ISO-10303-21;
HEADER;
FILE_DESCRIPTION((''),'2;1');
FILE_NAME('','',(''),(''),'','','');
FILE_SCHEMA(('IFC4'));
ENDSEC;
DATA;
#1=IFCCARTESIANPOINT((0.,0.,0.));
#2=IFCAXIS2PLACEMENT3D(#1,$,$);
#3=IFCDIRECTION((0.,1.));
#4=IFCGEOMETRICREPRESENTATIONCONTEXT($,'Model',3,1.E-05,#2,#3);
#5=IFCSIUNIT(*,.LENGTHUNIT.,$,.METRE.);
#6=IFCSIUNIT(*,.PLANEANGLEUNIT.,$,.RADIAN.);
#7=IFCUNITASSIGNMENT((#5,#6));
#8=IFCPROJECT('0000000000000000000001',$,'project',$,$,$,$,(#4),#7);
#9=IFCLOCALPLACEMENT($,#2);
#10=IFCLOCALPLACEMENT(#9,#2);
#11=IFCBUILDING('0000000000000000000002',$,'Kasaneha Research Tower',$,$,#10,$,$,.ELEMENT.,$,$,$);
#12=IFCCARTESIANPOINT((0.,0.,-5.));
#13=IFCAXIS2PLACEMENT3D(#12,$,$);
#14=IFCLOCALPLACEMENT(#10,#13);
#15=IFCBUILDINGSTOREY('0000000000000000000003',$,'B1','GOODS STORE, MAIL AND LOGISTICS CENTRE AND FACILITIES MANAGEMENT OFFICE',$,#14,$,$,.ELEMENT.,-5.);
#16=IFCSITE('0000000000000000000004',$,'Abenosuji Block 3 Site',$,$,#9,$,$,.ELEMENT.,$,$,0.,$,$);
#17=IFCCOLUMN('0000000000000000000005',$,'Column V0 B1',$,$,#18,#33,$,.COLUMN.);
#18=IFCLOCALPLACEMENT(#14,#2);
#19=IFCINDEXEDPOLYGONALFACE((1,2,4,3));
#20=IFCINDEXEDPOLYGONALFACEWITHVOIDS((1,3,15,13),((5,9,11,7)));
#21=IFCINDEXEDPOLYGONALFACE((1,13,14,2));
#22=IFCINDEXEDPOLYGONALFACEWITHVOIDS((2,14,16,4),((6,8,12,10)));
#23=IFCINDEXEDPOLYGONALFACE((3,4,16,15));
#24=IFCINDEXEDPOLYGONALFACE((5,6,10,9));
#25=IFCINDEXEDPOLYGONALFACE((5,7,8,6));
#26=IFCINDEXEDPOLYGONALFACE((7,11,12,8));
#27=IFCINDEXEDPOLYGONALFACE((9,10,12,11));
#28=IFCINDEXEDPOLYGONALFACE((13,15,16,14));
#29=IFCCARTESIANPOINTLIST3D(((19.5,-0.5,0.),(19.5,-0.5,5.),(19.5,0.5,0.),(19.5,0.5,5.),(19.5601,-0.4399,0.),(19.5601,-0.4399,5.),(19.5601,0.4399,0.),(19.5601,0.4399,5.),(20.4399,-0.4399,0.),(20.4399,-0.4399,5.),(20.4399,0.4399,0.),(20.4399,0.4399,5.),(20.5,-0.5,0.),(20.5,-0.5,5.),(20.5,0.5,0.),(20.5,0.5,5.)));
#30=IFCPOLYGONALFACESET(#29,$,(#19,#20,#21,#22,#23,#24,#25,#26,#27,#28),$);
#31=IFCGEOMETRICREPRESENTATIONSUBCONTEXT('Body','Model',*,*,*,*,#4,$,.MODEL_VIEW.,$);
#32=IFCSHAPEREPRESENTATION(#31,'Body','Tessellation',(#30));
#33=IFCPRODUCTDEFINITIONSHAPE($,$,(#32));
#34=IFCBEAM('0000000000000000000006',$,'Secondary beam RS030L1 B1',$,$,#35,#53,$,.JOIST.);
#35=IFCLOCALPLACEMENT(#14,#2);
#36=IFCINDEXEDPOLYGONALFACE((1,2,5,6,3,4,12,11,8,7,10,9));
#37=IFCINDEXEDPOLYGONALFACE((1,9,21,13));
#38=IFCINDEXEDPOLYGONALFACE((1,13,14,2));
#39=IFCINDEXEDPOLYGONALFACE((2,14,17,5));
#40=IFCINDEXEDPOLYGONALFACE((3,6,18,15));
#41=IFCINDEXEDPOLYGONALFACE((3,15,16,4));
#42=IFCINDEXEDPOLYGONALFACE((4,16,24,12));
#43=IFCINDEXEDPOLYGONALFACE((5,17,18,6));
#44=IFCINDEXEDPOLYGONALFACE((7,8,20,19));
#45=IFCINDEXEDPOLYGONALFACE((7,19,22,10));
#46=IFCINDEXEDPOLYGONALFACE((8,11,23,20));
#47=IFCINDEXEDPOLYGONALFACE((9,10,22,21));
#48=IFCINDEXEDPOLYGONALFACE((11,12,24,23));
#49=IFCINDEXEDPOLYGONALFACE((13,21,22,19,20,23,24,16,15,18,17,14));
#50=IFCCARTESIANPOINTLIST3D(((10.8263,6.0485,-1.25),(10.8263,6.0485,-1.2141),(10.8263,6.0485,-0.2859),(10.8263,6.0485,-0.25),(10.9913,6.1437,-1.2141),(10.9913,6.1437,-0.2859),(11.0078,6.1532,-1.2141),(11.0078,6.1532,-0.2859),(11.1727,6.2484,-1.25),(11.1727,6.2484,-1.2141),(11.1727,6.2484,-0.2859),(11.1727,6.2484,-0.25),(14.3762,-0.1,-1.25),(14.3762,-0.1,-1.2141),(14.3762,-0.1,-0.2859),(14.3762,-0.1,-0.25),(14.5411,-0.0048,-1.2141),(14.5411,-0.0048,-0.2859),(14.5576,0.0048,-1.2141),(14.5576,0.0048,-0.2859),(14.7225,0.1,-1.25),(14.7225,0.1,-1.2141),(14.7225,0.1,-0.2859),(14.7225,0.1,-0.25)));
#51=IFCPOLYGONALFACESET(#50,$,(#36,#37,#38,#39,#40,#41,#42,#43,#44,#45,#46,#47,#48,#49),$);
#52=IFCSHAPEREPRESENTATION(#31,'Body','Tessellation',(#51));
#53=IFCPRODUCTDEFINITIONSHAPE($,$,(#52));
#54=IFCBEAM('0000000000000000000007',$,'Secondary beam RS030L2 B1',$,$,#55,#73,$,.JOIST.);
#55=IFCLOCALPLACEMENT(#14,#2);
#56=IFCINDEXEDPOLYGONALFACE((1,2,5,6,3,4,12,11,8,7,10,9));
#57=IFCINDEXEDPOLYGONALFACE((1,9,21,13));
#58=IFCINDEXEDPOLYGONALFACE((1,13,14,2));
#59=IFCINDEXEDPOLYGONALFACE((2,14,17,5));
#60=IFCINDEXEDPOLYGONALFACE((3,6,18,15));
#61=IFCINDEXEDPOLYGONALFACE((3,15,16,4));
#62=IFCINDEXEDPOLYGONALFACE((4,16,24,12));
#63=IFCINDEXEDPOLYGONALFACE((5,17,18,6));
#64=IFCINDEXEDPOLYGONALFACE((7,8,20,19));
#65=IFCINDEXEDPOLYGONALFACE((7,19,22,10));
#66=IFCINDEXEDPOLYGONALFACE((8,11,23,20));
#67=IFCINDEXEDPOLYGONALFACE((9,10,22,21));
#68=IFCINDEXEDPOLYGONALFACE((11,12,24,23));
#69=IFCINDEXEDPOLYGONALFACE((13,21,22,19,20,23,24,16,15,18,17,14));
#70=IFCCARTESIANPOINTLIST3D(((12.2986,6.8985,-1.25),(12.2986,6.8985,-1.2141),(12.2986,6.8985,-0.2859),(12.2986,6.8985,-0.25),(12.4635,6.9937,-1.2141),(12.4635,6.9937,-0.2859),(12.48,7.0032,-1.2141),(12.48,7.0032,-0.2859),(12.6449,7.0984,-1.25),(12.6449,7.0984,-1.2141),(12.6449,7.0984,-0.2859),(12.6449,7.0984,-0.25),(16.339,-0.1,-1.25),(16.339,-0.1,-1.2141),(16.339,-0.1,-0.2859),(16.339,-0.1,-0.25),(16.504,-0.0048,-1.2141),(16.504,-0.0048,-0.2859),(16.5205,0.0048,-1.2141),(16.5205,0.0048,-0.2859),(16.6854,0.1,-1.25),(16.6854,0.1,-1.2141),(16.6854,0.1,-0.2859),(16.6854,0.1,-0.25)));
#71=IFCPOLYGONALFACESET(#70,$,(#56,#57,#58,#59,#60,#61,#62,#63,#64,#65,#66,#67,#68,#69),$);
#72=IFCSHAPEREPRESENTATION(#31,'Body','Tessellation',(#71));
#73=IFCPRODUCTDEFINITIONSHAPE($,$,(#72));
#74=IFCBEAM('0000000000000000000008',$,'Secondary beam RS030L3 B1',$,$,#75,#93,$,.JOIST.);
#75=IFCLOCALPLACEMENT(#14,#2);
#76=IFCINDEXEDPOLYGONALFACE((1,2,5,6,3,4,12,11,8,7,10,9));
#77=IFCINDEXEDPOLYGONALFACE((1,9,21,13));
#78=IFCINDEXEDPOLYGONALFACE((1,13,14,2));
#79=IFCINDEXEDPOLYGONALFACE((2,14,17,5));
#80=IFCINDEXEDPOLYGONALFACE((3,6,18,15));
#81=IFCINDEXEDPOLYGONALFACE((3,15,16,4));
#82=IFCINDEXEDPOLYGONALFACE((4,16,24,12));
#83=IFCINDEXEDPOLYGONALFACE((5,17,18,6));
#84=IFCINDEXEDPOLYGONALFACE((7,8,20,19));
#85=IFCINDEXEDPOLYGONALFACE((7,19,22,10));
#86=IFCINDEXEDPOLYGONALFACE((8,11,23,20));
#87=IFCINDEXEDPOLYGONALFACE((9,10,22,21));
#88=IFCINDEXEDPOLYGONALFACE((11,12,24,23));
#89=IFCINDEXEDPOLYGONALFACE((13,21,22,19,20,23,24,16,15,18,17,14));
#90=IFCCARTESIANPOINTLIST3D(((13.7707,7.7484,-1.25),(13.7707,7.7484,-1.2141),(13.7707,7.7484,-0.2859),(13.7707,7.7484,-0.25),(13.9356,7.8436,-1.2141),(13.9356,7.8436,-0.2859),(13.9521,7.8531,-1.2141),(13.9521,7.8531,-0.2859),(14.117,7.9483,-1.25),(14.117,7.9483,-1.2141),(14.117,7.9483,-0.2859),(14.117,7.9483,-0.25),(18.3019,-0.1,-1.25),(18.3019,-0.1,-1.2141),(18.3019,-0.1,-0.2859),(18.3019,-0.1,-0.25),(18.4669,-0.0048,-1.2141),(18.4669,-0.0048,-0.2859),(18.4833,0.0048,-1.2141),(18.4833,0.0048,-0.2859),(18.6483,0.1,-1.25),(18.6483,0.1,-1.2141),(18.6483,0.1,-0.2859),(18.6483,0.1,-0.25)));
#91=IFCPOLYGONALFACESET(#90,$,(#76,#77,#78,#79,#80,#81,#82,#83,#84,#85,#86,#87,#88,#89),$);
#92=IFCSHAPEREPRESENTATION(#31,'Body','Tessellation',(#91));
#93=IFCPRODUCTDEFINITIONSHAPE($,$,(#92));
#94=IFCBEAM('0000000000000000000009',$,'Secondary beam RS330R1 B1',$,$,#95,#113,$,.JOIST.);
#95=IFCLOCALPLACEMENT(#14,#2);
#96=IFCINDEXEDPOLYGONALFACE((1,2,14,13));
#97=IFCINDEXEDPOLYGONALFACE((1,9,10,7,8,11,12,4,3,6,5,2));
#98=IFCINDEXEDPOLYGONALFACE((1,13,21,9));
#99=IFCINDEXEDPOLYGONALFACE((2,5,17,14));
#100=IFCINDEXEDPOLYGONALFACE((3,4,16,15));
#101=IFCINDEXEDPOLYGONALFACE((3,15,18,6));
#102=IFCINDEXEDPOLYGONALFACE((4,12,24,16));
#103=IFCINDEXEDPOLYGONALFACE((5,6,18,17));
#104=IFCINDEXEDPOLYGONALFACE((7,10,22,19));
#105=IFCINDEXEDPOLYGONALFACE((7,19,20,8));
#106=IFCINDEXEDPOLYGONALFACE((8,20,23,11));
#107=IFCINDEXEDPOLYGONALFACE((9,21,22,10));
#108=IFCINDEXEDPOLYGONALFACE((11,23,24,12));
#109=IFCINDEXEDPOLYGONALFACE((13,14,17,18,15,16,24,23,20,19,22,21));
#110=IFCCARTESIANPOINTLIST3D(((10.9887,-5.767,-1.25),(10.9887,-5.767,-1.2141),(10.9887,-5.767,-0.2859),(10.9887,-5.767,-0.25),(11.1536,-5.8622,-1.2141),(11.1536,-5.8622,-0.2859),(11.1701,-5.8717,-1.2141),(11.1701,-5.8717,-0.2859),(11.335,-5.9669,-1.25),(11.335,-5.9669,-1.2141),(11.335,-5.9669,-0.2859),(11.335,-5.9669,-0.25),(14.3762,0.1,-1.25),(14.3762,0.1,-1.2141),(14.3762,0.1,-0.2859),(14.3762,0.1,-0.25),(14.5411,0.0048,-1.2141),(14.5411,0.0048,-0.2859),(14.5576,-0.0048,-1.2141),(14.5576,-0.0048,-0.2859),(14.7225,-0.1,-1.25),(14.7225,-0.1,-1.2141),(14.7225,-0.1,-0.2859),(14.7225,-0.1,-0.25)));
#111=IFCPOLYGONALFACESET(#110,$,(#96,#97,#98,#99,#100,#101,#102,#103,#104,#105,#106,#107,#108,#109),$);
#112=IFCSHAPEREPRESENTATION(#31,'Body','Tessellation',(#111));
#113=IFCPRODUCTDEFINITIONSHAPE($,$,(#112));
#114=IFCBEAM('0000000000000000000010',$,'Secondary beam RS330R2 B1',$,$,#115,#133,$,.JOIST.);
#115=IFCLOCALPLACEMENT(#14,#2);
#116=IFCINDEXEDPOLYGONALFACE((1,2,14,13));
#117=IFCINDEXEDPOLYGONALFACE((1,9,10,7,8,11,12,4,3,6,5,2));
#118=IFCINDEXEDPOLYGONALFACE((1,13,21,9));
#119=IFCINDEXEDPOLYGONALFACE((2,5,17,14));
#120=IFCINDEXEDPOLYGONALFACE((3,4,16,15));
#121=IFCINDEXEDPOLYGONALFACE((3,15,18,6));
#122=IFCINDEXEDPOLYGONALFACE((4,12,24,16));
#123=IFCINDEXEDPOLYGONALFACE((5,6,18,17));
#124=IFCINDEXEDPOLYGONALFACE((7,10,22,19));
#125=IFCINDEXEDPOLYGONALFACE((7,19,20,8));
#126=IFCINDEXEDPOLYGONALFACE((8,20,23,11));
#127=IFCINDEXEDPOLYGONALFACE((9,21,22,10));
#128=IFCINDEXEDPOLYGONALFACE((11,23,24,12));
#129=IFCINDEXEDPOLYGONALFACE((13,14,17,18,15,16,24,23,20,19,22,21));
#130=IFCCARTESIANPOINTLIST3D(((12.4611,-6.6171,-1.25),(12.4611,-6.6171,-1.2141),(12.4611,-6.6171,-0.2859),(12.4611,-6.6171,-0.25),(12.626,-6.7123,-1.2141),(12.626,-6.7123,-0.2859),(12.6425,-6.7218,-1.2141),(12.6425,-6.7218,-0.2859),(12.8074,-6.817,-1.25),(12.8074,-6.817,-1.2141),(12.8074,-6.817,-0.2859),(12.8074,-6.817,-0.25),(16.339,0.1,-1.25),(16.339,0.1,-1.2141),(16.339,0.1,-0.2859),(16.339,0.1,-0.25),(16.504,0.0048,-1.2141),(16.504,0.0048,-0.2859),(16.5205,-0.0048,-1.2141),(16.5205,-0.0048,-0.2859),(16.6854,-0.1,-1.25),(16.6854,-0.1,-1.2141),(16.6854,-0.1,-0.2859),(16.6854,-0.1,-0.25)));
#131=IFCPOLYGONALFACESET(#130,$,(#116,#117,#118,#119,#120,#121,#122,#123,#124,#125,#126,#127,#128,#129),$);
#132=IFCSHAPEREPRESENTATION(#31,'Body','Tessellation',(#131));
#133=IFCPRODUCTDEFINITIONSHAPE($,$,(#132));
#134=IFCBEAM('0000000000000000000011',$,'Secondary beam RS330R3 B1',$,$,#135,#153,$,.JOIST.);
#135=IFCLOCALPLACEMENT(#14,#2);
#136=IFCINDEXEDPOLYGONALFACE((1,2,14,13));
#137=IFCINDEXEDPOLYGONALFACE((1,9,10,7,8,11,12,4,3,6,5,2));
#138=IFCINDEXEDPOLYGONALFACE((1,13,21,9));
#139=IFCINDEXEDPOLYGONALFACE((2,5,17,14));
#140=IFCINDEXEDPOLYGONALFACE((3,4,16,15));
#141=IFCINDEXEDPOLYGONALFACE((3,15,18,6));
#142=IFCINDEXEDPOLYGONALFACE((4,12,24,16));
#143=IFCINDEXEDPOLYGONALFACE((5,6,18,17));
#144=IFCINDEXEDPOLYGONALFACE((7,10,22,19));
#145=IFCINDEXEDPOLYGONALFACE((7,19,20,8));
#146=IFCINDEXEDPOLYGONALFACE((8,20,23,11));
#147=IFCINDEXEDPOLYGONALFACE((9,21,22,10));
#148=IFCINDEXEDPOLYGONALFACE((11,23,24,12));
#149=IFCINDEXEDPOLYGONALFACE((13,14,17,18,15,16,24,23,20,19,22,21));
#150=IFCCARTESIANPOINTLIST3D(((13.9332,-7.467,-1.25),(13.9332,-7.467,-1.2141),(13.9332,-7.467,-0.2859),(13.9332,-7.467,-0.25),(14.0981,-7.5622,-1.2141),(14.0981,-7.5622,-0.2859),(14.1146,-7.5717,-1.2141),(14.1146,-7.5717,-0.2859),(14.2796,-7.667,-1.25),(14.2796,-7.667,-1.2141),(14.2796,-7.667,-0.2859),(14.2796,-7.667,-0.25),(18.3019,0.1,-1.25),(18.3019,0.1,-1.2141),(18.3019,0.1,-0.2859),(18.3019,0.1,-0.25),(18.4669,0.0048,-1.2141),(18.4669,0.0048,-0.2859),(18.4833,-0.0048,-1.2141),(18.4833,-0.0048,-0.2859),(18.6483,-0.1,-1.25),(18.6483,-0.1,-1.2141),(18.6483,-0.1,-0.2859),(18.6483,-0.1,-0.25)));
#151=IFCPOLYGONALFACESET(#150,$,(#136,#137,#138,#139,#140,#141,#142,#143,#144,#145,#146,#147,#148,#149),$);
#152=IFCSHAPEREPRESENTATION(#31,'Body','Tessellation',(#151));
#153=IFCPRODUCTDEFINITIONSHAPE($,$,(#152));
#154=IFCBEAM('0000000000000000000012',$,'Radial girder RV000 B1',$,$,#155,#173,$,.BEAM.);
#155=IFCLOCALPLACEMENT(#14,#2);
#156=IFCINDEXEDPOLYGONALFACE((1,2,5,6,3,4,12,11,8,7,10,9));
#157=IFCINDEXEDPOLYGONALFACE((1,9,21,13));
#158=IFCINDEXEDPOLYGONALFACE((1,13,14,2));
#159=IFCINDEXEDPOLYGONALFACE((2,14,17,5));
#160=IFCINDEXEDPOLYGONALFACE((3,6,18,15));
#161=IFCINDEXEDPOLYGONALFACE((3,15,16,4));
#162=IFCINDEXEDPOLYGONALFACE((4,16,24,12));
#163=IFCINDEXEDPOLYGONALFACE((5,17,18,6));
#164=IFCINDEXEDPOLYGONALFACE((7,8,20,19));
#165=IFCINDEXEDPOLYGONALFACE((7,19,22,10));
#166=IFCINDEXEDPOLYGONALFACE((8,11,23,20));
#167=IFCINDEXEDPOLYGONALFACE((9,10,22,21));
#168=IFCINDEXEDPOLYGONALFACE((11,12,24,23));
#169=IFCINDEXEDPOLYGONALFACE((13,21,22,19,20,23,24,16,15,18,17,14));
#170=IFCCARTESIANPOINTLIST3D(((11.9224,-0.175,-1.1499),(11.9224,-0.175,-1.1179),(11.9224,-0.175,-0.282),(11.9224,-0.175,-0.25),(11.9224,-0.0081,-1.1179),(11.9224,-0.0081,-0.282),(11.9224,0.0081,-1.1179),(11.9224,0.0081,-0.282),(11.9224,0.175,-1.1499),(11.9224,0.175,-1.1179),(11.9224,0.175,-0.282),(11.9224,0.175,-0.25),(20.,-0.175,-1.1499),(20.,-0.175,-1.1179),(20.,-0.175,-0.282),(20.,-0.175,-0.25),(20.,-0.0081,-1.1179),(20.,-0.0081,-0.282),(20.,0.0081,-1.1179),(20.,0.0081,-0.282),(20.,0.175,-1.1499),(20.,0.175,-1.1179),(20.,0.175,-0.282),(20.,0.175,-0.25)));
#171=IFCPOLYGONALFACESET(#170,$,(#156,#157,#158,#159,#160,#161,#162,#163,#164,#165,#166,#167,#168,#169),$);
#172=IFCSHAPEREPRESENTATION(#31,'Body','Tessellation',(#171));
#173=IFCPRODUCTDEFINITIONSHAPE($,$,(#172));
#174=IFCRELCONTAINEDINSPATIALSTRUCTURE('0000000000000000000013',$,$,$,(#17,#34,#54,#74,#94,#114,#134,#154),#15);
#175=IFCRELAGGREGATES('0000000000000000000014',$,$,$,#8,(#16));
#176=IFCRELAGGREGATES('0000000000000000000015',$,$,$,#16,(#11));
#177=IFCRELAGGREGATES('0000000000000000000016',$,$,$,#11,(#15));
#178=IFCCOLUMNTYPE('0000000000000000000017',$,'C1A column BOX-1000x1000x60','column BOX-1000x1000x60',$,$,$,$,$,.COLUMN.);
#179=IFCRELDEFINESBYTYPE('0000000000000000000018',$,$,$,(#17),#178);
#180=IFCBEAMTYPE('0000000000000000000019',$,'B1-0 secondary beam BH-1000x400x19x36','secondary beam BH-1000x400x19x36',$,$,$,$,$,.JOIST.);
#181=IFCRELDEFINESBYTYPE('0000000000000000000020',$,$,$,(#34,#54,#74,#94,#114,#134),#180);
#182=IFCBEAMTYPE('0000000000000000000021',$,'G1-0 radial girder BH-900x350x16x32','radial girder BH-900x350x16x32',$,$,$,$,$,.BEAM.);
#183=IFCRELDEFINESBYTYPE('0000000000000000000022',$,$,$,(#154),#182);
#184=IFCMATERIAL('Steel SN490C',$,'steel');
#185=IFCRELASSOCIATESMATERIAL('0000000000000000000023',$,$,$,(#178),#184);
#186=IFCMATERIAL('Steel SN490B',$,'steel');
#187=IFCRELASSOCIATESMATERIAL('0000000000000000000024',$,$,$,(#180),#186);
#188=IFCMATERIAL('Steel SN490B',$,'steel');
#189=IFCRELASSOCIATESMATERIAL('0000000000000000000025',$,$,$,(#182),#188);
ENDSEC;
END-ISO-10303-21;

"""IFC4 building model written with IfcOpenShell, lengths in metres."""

from ifc_helpers import new_model, si_unit, direction, frame, origin, origin_2d, place, context, subcontext, project, spatial, hollow_rectangle, i_section, extrude, material, material_profile, profile_set, type_object, element, save


model = new_model("IFC4")

# Units and contexts
model_context = context("Model", 3, precision=1e-05, world=origin(), true_north=direction((0.0, 1.0)))
body_context = subcontext(model_context, "Body", "Model", "MODEL_VIEW")
ifc_project = project(units=[si_unit("LENGTHUNIT", "METRE"), si_unit("PLANEANGLEUNIT", "RADIAN")], contexts=[model_context])

# Site, building, storey
site_placement = place(None, origin())
site = spatial("IfcSite", under=ifc_project, at=site_placement, Name="Abenosuji Block 3 Site", CompositionType="ELEMENT", RefElevation=0.0)
building_placement = place(site_placement, origin())
building = spatial("IfcBuilding", under=site, at=building_placement, Name="Kasaneha Research Tower", CompositionType="ELEMENT")
storey_placement = place(building_placement, frame((0.0, 0.0, -5.0)))
storey = spatial("IfcBuildingStorey", under=building, at=storey_placement, Name="B1", Description="GOODS STORE, MAIL AND LOGISTICS CENTRE AND FACILITIES MANAGEMENT OFFICE", CompositionType="ELEMENT", Elevation=-5.0)

# Column
ifc_material_1 = material(Name="Steel SN490C", Category="steel")
ifc_material_profile_1 = material_profile(ifc_material_1, hollow_rectangle(XDim=1.0, YDim=1.0, WallThickness=0.0601, at=origin_2d()), Name="BOX-1000x1000x60")
ifc_profile_set_1 = profile_set([ifc_material_profile_1], Name="Steel SN490C")
column_type = type_object("IfcColumnType", Name="C1A column BOX-1000x1000x60", Description="column BOX-1000x1000x60", PredefinedType="COLUMN", material=ifc_profile_set_1)
column_placement = place(storey_placement, frame((20.0, 0.0, 0.0), z_axis=(0.0, 0.0, 1.0), x_axis=(1.0, 0.0, 0.0)))
element("IfcColumn", 1, at=column_placement, inside=storey, type_object=column_type, Name="Column V0 B1", PredefinedType="COLUMN", context=body_context, shape_type="SweptSolid", body=[
    extrude(hollow_rectangle(XDim=1.0, YDim=1.0, WallThickness=0.0601, at=origin_2d()), origin(), (0.0, 0.0, 1.0), 5.0),
])

# Beams
ifc_material_2 = material(Name="Steel SN490B", Category="steel")
ifc_material_profile_2 = material_profile(ifc_material_2, i_section(OverallWidth=0.3999, OverallDepth=1.0, WebThickness=0.019, FlangeThickness=0.0359, at=origin_2d()), Name="BH-1000x400x19x36")
ifc_profile_set_2 = profile_set([ifc_material_profile_2], Name="Steel SN490B")
beam_type_1 = type_object("IfcBeamType", Name="B1-0 secondary beam BH-1000x400x19x36", Description="secondary beam BH-1000x400x19x36", PredefinedType="JOIST", material=ifc_profile_set_2)
beam_1_placement = place(storey_placement, frame((14.5493, 0.0, -0.75), z_axis=(-0.5, 0.866025, 0.0), x_axis=(-0.866025, -0.5, 0.0)))
element("IfcBeam", 2, at=beam_1_placement, inside=storey, type_object=beam_type_1, Name="Secondary beam RS030L1 B1", PredefinedType="JOIST", context=body_context, shape_type="SweptSolid", body=[
    extrude(i_section(OverallWidth=0.3999, OverallDepth=1.0, WebThickness=0.019, FlangeThickness=0.0359, at=origin_2d()), origin(), (0.0, 0.0, 1.0), 7.0996),
])
beam_2_placement = place(storey_placement, frame((16.5122, 0.0, -0.75), z_axis=(-0.499993, 0.86603, 0.0), x_axis=(-0.86603, -0.499993, 0.0)))
element("IfcBeam", 3, at=beam_2_placement, inside=storey, type_object=beam_type_1, Name="Secondary beam RS030L2 B1", PredefinedType="JOIST", context=body_context, shape_type="SweptSolid", body=[
    extrude(i_section(OverallWidth=0.3999, OverallDepth=1.0, WebThickness=0.019, FlangeThickness=0.0359, at=origin_2d()), origin(), (0.0, 0.0, 1.0), 8.0811),
])
beam_3_placement = place(storey_placement, frame((18.4751, 0.0, -0.75), z_axis=(-0.499998, 0.866026, 0.0), x_axis=(-0.866026, -0.499998, 0.0)))
element("IfcBeam", 4, at=beam_3_placement, inside=storey, type_object=beam_type_1, Name="Secondary beam RS030L3 B1", PredefinedType="JOIST", context=body_context, shape_type="SweptSolid", body=[
    extrude(i_section(OverallWidth=0.3999, OverallDepth=1.0, WebThickness=0.019, FlangeThickness=0.0359, at=origin_2d()), origin(), (0.0, 0.0, 1.0), 9.0625),
])
beam_4_placement = place(storey_placement, frame((14.5493, 0.0, -0.75), z_axis=(-0.500019, -0.866015, 0.0), x_axis=(0.866015, -0.500019, 0.0)))
element("IfcBeam", 5, at=beam_4_placement, inside=storey, type_object=beam_type_1, Name="Secondary beam RS330R1 B1", PredefinedType="JOIST", context=body_context, shape_type="SweptSolid", body=[
    extrude(i_section(OverallWidth=0.3999, OverallDepth=1.0, WebThickness=0.019, FlangeThickness=0.0359, at=origin_2d()), origin(), (0.0, 0.0, 1.0), 6.7747),
])
beam_5_placement = place(storey_placement, frame((16.5122, 0.0, -0.75), z_axis=(-0.499985, -0.866034, 0.0), x_axis=(0.866034, -0.499985, 0.0)))
element("IfcBeam", 6, at=beam_5_placement, inside=storey, type_object=beam_type_1, Name="Secondary beam RS330R2 B1", PredefinedType="JOIST", context=body_context, shape_type="SweptSolid", body=[
    extrude(i_section(OverallWidth=0.3999, OverallDepth=1.0, WebThickness=0.019, FlangeThickness=0.0359, at=origin_2d()), origin(), (0.0, 0.0, 1.0), 7.7561),
])
beam_6_placement = place(storey_placement, frame((18.4751, 0.0, -0.75), z_axis=(-0.499992, -0.86603, 0.0), x_axis=(0.86603, -0.499992, 0.0)))
element("IfcBeam", 7, at=beam_6_placement, inside=storey, type_object=beam_type_1, Name="Secondary beam RS330R3 B1", PredefinedType="JOIST", context=body_context, shape_type="SweptSolid", body=[
    extrude(i_section(OverallWidth=0.3999, OverallDepth=1.0, WebThickness=0.019, FlangeThickness=0.0359, at=origin_2d()), origin(), (0.0, 0.0, 1.0), 8.7375),
])
ifc_material_3 = material(Name="Steel SN490B", Category="steel")
ifc_material_profile_3 = material_profile(ifc_material_3, i_section(OverallWidth=0.3501, OverallDepth=0.8999, WebThickness=0.0161, FlangeThickness=0.032, at=origin_2d()), Name="BH-900x350x16x32")
ifc_profile_set_3 = profile_set([ifc_material_profile_3], Name="Steel SN490B")
beam_type_2 = type_object("IfcBeamType", Name="G1-0 radial girder BH-900x350x16x32", Description="radial girder BH-900x350x16x32", PredefinedType="BEAM", material=ifc_profile_set_3)
beam_7_placement = place(storey_placement, frame((11.9224, 0.0, -0.7), z_axis=(1.0, 0.0, 0.0), x_axis=(0.0, 1.0, 0.0)))
element("IfcBeam", 8, at=beam_7_placement, inside=storey, type_object=beam_type_2, Name="Radial girder RV000 B1", PredefinedType="BEAM", context=body_context, shape_type="SweptSolid", body=[
    extrude(i_section(OverallWidth=0.3501, OverallDepth=0.8999, WebThickness=0.0161, FlangeThickness=0.032, at=origin_2d()), origin(), (0.0, 0.0, 1.0), 8.0776),
])

save(model, "model.ifc")
